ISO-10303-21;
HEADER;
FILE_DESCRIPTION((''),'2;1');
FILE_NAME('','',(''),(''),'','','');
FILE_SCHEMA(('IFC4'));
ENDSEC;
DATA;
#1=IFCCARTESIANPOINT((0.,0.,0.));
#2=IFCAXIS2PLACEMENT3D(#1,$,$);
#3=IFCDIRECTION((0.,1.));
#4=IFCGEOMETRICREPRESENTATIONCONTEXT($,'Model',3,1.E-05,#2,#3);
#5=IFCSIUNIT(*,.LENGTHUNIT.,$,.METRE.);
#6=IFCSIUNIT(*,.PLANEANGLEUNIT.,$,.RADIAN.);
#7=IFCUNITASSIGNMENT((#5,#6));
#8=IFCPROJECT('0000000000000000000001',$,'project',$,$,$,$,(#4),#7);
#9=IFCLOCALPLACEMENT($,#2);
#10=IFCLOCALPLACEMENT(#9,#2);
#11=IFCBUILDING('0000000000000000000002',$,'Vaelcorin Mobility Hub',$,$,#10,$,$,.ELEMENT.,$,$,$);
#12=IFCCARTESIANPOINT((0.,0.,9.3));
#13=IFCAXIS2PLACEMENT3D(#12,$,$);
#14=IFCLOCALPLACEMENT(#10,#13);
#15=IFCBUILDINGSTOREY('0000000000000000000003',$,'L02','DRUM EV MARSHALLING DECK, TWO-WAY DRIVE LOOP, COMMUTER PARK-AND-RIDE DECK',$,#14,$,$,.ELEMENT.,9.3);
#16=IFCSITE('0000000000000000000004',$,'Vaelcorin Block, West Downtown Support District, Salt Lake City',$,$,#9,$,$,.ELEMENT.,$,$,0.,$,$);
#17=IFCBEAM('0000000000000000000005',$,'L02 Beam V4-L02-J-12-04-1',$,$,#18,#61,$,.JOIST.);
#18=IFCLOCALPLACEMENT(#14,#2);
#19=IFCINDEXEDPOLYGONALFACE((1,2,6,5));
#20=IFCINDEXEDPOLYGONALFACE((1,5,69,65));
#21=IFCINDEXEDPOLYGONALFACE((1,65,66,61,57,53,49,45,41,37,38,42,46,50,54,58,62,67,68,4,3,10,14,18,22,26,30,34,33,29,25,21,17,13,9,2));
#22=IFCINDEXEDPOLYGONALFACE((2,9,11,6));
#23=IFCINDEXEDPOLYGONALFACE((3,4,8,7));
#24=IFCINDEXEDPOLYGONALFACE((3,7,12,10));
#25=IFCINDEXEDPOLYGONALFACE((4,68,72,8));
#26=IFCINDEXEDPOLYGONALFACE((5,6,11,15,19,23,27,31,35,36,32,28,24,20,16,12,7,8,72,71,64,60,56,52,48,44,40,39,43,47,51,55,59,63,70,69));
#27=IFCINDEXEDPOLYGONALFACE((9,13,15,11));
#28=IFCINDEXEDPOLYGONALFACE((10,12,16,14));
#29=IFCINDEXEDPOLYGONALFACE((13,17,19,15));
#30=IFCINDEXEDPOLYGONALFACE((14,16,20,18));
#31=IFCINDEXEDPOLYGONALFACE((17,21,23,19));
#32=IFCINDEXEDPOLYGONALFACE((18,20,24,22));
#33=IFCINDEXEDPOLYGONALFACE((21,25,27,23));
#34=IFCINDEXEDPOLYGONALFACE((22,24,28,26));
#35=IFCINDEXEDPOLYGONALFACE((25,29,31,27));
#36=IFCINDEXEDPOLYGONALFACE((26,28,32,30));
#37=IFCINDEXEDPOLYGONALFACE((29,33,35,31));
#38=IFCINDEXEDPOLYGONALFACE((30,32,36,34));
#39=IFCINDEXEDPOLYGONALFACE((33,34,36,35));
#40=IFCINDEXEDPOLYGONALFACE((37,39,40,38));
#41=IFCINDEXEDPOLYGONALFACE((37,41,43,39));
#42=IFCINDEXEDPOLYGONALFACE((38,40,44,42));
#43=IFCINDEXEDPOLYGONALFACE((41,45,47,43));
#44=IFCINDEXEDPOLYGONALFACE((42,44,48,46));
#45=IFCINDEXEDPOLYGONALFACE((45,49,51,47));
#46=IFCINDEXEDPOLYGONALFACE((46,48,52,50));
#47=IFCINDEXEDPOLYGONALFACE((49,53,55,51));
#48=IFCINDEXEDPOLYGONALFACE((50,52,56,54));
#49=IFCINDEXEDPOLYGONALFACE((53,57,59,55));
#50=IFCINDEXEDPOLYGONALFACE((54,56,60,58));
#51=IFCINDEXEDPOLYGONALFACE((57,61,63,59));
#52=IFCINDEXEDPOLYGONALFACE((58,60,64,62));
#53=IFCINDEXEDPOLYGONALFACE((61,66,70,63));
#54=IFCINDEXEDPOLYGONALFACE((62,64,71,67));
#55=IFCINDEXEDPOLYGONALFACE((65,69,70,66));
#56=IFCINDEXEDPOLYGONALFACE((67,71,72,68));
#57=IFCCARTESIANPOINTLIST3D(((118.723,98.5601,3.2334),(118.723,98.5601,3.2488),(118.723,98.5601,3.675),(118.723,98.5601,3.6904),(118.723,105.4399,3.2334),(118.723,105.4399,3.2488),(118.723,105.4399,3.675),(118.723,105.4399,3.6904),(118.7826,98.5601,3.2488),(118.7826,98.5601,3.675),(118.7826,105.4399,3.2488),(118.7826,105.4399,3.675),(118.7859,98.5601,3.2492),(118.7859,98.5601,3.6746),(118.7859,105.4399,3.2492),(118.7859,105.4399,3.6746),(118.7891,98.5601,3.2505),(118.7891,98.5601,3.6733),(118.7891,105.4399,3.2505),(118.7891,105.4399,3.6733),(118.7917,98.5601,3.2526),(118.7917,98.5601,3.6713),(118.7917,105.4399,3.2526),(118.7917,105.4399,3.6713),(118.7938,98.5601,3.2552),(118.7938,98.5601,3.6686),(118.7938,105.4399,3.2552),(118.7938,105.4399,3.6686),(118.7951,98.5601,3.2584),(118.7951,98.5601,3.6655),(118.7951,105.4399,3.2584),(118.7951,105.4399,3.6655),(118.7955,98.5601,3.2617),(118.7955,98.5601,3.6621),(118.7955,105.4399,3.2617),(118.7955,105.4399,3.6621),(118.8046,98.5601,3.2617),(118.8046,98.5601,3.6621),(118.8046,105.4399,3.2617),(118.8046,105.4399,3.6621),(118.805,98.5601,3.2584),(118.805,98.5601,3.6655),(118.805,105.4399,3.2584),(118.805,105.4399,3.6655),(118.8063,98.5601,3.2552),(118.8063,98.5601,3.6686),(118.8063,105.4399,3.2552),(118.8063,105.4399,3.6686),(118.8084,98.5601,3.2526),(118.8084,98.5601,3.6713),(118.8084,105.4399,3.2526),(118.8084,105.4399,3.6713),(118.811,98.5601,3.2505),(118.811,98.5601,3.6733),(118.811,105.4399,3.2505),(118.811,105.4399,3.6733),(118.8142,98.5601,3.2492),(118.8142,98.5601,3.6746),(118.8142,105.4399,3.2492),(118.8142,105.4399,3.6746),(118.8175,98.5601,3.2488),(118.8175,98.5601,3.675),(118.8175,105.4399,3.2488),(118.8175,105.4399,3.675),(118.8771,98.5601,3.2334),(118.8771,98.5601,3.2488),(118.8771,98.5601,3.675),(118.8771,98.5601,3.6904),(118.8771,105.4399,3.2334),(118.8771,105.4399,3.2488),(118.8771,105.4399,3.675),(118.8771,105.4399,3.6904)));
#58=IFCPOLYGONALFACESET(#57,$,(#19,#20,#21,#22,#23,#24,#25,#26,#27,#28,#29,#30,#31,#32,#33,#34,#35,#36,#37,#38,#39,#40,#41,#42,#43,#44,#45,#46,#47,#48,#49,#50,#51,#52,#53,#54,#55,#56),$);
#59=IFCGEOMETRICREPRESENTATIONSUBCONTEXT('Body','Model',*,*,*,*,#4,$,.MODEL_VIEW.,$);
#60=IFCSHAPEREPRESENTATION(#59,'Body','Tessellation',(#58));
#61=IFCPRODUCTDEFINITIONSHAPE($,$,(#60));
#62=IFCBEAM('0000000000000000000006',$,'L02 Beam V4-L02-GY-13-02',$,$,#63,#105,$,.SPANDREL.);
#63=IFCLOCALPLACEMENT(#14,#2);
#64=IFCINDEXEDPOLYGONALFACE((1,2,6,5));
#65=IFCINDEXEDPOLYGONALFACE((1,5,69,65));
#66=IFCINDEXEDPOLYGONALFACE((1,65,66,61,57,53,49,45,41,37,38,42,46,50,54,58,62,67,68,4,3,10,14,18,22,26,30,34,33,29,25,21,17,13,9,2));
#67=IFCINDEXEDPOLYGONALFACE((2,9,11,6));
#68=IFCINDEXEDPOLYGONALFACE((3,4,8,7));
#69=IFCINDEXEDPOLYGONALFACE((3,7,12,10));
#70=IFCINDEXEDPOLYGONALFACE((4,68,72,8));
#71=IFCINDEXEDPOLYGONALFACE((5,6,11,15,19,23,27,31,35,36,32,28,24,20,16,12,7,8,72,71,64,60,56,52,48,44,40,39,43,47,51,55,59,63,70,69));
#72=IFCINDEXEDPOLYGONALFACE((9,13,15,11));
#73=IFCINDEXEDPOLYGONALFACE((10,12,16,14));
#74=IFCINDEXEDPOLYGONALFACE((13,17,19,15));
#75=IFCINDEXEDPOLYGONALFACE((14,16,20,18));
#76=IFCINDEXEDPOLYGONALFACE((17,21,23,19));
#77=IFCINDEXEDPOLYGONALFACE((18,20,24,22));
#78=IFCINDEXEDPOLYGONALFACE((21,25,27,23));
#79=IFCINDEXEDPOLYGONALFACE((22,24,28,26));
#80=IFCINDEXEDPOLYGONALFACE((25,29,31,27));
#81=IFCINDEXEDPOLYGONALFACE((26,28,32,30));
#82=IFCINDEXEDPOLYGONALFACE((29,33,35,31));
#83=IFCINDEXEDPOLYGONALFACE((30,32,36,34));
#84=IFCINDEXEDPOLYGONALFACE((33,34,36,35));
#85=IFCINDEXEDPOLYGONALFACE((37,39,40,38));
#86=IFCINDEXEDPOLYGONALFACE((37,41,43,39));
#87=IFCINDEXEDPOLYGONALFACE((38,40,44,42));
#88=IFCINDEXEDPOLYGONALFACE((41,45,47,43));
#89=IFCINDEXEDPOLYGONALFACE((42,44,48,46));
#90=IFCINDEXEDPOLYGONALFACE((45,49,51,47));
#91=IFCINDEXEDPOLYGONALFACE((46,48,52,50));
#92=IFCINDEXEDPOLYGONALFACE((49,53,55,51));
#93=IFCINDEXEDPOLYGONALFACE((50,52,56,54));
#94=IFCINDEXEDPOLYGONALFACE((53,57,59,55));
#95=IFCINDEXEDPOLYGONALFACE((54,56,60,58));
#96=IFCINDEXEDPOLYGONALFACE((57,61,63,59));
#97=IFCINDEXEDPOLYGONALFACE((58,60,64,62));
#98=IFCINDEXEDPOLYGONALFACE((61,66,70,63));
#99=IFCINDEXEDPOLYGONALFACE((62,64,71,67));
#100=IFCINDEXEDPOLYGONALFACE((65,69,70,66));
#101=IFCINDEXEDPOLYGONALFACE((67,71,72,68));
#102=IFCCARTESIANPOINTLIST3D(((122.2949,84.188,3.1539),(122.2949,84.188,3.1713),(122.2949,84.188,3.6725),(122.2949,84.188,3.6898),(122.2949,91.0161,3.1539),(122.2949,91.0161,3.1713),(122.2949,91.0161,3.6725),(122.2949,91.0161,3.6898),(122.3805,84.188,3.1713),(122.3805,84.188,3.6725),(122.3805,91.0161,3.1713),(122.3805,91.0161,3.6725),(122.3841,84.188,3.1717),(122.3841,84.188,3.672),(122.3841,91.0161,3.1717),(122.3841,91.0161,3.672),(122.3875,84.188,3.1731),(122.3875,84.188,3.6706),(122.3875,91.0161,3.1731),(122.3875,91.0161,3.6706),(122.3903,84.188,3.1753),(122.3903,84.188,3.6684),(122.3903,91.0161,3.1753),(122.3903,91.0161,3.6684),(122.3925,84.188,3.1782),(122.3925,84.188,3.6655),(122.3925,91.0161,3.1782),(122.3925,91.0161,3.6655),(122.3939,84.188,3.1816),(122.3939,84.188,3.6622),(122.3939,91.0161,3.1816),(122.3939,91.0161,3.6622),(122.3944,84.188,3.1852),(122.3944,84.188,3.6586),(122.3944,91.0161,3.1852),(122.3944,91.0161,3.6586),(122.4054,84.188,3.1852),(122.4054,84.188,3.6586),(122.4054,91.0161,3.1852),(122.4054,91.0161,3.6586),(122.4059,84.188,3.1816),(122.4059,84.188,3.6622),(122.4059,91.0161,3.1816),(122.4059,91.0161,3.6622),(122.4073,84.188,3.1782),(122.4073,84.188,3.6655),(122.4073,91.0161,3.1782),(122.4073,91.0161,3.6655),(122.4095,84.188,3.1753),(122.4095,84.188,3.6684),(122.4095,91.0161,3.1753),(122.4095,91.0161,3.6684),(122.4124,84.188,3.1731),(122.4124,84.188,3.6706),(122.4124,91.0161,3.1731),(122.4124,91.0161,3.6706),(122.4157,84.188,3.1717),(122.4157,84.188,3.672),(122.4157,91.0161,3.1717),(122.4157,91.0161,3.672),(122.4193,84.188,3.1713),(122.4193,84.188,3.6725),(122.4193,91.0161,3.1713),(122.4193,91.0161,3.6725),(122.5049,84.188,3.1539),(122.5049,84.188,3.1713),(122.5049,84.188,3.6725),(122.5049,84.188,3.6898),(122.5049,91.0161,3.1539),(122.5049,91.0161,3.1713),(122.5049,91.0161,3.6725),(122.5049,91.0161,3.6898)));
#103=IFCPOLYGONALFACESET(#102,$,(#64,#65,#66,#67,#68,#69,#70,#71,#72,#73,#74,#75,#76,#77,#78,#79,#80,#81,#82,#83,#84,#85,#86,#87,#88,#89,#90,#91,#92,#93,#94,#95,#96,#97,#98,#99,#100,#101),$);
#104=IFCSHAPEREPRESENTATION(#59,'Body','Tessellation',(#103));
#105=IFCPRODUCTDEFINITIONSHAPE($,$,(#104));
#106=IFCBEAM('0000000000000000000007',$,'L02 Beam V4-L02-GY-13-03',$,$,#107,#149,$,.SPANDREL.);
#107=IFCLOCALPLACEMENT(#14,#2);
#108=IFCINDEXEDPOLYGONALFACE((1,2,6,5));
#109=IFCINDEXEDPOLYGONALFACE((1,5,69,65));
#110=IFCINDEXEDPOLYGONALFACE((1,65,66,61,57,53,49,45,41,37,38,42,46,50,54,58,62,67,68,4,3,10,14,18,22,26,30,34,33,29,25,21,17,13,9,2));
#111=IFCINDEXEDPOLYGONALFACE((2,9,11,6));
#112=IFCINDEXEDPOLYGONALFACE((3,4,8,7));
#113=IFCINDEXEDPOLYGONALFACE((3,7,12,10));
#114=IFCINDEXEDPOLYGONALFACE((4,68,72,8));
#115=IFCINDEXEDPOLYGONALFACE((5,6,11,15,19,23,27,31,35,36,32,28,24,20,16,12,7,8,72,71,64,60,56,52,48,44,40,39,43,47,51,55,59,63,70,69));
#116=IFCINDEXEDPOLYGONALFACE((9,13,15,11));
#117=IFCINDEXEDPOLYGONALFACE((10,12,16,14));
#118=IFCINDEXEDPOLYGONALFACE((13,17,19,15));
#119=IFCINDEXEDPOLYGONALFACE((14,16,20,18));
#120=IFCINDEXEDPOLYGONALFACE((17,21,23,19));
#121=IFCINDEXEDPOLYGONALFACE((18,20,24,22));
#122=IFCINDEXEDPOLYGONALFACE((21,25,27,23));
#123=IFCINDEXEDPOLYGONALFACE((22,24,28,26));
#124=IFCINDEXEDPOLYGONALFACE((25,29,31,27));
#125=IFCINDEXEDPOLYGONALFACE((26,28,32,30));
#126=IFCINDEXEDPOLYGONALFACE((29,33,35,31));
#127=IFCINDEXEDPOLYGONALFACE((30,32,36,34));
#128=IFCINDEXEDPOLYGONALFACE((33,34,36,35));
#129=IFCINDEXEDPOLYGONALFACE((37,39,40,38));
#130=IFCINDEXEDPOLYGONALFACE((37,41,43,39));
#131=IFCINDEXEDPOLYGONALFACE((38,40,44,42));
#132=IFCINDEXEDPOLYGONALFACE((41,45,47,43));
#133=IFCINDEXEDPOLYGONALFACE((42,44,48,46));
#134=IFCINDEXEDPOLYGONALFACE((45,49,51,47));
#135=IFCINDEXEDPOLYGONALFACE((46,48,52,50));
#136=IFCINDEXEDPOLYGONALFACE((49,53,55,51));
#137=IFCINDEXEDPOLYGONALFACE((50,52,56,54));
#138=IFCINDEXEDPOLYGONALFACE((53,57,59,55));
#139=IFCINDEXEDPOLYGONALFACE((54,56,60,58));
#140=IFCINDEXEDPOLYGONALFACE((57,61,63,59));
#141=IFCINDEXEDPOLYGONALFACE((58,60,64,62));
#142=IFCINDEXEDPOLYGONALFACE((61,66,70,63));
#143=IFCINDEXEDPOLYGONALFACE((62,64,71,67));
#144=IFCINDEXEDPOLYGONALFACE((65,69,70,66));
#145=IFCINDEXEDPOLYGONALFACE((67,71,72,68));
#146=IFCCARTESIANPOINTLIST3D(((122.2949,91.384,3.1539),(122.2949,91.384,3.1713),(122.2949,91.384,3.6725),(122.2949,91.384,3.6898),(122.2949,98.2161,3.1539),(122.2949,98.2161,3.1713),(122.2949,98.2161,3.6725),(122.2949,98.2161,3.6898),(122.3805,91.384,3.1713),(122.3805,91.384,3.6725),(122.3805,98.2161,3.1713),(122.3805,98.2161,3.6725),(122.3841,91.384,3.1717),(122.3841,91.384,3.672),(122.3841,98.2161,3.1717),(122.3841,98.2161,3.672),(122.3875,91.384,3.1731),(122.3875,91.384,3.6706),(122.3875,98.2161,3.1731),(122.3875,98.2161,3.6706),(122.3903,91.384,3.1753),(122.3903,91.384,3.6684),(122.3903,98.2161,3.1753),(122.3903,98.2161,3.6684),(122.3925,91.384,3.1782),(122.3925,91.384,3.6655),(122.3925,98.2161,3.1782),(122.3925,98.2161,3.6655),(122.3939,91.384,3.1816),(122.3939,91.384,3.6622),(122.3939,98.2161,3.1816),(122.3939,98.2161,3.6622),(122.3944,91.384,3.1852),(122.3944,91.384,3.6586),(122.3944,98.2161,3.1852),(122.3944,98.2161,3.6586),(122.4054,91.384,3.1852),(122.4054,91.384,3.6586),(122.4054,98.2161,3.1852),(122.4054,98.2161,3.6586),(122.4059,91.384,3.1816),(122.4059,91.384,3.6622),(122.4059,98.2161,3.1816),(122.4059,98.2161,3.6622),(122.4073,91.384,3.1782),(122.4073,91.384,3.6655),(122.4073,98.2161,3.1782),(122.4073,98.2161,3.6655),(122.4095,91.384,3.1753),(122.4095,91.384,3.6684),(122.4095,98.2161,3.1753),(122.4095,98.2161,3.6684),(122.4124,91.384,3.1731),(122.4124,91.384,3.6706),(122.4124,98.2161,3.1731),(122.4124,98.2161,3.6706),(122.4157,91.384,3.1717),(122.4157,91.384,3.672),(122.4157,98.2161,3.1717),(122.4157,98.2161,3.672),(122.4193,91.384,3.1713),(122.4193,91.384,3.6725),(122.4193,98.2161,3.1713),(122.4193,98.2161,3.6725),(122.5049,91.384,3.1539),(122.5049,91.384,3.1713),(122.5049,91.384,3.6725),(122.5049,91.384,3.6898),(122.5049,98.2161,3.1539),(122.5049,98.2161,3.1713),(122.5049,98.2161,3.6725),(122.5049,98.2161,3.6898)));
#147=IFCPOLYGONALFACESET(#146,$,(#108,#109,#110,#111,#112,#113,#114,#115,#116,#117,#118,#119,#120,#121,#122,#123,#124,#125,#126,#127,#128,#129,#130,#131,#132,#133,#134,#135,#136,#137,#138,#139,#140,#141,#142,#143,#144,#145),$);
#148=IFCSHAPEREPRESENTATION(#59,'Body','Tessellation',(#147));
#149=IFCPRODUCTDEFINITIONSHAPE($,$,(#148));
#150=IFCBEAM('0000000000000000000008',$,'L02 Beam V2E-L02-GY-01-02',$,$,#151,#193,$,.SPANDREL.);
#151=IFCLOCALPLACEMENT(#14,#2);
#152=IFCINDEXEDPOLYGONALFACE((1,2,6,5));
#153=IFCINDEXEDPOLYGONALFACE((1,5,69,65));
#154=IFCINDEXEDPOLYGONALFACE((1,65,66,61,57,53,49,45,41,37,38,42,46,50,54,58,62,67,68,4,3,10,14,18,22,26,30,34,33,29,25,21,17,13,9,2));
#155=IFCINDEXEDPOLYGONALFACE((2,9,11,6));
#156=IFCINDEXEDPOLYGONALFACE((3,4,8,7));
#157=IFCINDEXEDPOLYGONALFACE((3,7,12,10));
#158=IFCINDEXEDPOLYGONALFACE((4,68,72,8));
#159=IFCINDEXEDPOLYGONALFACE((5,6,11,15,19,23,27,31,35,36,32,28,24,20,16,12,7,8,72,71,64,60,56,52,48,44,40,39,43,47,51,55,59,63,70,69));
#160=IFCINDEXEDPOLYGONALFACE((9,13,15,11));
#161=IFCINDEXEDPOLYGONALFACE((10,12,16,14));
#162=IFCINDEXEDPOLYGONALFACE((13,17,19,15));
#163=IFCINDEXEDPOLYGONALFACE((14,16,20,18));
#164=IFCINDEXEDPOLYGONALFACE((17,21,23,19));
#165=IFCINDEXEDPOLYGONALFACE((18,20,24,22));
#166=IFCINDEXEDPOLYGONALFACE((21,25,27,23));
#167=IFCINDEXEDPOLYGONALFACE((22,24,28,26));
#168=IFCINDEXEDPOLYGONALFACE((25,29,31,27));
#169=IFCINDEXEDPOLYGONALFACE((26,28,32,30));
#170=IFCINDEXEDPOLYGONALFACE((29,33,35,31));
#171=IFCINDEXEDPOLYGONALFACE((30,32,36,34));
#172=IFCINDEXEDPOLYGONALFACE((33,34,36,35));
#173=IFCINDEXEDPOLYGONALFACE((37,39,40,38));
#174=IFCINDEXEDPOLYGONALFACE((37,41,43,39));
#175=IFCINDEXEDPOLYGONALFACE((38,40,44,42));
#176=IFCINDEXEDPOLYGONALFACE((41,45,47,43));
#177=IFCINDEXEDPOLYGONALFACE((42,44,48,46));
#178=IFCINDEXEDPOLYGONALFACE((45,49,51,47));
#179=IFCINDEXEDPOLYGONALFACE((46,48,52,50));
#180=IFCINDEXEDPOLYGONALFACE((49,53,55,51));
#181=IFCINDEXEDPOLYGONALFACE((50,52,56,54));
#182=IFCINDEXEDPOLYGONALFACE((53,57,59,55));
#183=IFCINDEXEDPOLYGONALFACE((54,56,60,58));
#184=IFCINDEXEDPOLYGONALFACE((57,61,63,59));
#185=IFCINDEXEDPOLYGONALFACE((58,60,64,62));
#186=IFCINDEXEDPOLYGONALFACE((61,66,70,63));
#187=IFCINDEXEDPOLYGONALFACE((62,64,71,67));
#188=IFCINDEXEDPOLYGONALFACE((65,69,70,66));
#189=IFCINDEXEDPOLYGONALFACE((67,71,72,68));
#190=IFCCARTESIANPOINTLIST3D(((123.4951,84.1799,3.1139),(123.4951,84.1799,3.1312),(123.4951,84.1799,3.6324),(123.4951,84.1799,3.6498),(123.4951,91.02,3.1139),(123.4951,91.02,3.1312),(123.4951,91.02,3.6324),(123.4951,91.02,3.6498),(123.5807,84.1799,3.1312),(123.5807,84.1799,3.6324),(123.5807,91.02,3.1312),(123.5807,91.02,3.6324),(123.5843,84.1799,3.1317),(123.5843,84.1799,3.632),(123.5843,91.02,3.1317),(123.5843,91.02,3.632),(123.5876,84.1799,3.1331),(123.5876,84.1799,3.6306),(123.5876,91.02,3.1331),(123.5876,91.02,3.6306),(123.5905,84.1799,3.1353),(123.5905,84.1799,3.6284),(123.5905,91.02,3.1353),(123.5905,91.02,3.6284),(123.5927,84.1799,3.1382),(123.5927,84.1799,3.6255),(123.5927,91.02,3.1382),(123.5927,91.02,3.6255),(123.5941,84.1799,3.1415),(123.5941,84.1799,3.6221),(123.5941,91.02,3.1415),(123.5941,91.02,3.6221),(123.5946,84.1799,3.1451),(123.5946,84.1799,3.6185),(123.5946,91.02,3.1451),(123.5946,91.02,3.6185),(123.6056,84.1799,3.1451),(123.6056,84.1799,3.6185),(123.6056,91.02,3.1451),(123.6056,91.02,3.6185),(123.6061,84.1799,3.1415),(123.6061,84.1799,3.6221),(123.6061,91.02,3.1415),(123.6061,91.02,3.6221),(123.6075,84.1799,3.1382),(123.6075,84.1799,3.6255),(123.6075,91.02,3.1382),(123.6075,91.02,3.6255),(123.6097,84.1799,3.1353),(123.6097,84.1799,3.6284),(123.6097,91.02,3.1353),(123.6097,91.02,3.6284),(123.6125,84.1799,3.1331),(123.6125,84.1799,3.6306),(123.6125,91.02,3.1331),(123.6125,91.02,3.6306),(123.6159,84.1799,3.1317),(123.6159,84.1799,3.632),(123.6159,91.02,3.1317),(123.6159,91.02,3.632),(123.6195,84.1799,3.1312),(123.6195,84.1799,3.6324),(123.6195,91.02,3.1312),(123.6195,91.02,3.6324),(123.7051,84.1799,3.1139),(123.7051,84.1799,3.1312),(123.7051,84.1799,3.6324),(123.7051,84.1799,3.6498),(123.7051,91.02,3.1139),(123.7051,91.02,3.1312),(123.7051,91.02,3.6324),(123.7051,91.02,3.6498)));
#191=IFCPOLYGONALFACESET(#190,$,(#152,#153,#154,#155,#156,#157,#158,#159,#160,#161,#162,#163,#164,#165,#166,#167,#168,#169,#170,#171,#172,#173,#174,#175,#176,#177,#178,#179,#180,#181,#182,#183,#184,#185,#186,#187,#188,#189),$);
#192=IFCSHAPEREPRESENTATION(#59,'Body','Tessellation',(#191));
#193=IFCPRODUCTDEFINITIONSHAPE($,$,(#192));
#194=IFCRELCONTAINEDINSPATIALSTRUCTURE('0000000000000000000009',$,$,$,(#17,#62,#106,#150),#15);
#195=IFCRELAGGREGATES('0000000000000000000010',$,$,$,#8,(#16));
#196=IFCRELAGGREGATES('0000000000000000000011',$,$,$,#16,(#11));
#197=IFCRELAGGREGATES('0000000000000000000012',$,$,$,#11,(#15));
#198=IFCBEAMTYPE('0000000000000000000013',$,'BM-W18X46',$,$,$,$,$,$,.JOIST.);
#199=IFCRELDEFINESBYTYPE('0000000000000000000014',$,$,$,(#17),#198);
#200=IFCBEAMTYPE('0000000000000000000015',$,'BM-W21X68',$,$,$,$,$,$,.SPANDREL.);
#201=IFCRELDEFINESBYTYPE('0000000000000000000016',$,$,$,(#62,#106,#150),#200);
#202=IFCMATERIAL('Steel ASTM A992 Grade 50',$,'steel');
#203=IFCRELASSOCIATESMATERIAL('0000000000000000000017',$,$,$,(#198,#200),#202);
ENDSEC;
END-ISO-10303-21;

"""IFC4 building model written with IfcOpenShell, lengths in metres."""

from ifc_helpers import new_model, si_unit, direction, frame, origin, origin_2d, place, context, subcontext, project, spatial, i_section, extrude, material, material_profile, profile_set, type_object, element, save


model = new_model("IFC4")

# Units and contexts
model_context = context("Model", 3, precision=1e-05, world=origin(), true_north=direction((0.0, 1.0)))
body_context = subcontext(model_context, "Body", "Model", "MODEL_VIEW")
ifc_project = project(units=[si_unit("LENGTHUNIT", "METRE"), si_unit("PLANEANGLEUNIT", "RADIAN")], contexts=[model_context])

# Site, building, storey
site_placement = place(None, origin())
site = spatial("IfcSite", under=ifc_project, at=site_placement, Name="Vaelcorin Block, West Downtown Support District, Salt Lake City", CompositionType="ELEMENT", RefElevation=0.0)
building_placement = place(site_placement, origin())
building = spatial("IfcBuilding", under=site, at=building_placement, Name="Vaelcorin Mobility Hub", CompositionType="ELEMENT")
storey_placement = place(building_placement, frame((0.0, 0.0, 9.3)))
storey = spatial("IfcBuildingStorey", under=building, at=storey_placement, Name="L02", Description="DRUM EV MARSHALLING DECK, TWO-WAY DRIVE LOOP, COMMUTER PARK-AND-RIDE DECK", CompositionType="ELEMENT", Elevation=9.3)

# Shared definitions
ifc_material_1 = material(Name="Steel ASTM A992 Grade 50", Category="steel")

# Beams
ifc_material_profile_1 = material_profile(ifc_material_1, i_section(OverallWidth=0.1541, OverallDepth=0.457, WebThickness=0.009, FlangeThickness=0.0154, FilletRadius=0.0129, at=origin_2d()), Name="W18X46")
ifc_profile_set_1 = profile_set([ifc_material_profile_1], Name="Steel ASTM A992 Grade 50")
beam_type_1 = type_object("IfcBeamType", Name="BM-W18X46", PredefinedType="JOIST", material=ifc_profile_set_1)
for number, where, z_axis, x_axis, name in (
    (1, (118.8, 98.5601, 3.4619), (0.0, 1.0, 0.0), (-1.0, 0.0, 0.0), "L02 Beam V4-L02-J-12-04-1"),
):
    element("IfcBeam", number, at=place(storey_placement, frame(where, z_axis=z_axis, x_axis=x_axis)), inside=storey, type_object=beam_type_1, Name=name, PredefinedType="JOIST", context=body_context, shape_type="SweptSolid", body=[
        extrude(i_section(OverallWidth=0.1541, OverallDepth=0.457, WebThickness=0.009, FlangeThickness=0.0154, FilletRadius=0.0129, at=origin_2d()), origin(), (0.0, 0.0, 1.0), 6.8799),
    ])
ifc_material_profile_2 = material_profile(ifc_material_1, i_section(OverallWidth=0.21, OverallDepth=0.5359, WebThickness=0.011, FlangeThickness=0.0173, FilletRadius=0.0139, at=origin_2d()), Name="W21X68")
ifc_profile_set_2 = profile_set([ifc_material_profile_2], Name="Steel ASTM A992 Grade 50")
beam_type_2 = type_object("IfcBeamType", Name="BM-W21X68", PredefinedType="SPANDREL", material=ifc_profile_set_2)
beam_1_placement = place(storey_placement, frame((122.3999, 84.188, 3.4219), z_axis=(0.0, 1.0, 0.0), x_axis=(-1.0, 0.0, 0.0)))
element("IfcBeam", 2, at=beam_1_placement, inside=storey, type_object=beam_type_2, Name="L02 Beam V4-L02-GY-13-02", PredefinedType="SPANDREL", context=body_context, shape_type="SweptSolid", body=[
    extrude(i_section(OverallWidth=0.21, OverallDepth=0.5359, WebThickness=0.011, FlangeThickness=0.0173, FilletRadius=0.0139, at=origin_2d()), origin(), (0.0, 0.0, 1.0), 6.8281),
])
beam_2_placement = place(storey_placement, frame((122.3999, 91.384, 3.4219), z_axis=(0.0, 1.0, 0.0), x_axis=(-1.0, 0.0, 0.0)))
element("IfcBeam", 3, at=beam_2_placement, inside=storey, type_object=beam_type_2, Name="L02 Beam V4-L02-GY-13-03", PredefinedType="SPANDREL", context=body_context, shape_type="SweptSolid", body=[
    extrude(i_section(OverallWidth=0.21, OverallDepth=0.5359, WebThickness=0.011, FlangeThickness=0.0173, FilletRadius=0.0139, at=origin_2d()), origin(), (0.0, 0.0, 1.0), 6.832),
])
beam_3_placement = place(storey_placement, frame((123.6001, 84.1799, 3.3818), z_axis=(0.0, 1.0, 0.0), x_axis=(-1.0, 0.0, 0.0)))
element("IfcBeam", 4, at=beam_3_placement, inside=storey, type_object=beam_type_2, Name="L02 Beam V2E-L02-GY-01-02", PredefinedType="SPANDREL", context=body_context, shape_type="SweptSolid", body=[
    extrude(i_section(OverallWidth=0.21, OverallDepth=0.5359, WebThickness=0.011, FlangeThickness=0.0173, FilletRadius=0.0139, at=origin_2d()), origin(), (0.0, 0.0, 1.0), 6.8401),
])

save(model, "model.ifc")
